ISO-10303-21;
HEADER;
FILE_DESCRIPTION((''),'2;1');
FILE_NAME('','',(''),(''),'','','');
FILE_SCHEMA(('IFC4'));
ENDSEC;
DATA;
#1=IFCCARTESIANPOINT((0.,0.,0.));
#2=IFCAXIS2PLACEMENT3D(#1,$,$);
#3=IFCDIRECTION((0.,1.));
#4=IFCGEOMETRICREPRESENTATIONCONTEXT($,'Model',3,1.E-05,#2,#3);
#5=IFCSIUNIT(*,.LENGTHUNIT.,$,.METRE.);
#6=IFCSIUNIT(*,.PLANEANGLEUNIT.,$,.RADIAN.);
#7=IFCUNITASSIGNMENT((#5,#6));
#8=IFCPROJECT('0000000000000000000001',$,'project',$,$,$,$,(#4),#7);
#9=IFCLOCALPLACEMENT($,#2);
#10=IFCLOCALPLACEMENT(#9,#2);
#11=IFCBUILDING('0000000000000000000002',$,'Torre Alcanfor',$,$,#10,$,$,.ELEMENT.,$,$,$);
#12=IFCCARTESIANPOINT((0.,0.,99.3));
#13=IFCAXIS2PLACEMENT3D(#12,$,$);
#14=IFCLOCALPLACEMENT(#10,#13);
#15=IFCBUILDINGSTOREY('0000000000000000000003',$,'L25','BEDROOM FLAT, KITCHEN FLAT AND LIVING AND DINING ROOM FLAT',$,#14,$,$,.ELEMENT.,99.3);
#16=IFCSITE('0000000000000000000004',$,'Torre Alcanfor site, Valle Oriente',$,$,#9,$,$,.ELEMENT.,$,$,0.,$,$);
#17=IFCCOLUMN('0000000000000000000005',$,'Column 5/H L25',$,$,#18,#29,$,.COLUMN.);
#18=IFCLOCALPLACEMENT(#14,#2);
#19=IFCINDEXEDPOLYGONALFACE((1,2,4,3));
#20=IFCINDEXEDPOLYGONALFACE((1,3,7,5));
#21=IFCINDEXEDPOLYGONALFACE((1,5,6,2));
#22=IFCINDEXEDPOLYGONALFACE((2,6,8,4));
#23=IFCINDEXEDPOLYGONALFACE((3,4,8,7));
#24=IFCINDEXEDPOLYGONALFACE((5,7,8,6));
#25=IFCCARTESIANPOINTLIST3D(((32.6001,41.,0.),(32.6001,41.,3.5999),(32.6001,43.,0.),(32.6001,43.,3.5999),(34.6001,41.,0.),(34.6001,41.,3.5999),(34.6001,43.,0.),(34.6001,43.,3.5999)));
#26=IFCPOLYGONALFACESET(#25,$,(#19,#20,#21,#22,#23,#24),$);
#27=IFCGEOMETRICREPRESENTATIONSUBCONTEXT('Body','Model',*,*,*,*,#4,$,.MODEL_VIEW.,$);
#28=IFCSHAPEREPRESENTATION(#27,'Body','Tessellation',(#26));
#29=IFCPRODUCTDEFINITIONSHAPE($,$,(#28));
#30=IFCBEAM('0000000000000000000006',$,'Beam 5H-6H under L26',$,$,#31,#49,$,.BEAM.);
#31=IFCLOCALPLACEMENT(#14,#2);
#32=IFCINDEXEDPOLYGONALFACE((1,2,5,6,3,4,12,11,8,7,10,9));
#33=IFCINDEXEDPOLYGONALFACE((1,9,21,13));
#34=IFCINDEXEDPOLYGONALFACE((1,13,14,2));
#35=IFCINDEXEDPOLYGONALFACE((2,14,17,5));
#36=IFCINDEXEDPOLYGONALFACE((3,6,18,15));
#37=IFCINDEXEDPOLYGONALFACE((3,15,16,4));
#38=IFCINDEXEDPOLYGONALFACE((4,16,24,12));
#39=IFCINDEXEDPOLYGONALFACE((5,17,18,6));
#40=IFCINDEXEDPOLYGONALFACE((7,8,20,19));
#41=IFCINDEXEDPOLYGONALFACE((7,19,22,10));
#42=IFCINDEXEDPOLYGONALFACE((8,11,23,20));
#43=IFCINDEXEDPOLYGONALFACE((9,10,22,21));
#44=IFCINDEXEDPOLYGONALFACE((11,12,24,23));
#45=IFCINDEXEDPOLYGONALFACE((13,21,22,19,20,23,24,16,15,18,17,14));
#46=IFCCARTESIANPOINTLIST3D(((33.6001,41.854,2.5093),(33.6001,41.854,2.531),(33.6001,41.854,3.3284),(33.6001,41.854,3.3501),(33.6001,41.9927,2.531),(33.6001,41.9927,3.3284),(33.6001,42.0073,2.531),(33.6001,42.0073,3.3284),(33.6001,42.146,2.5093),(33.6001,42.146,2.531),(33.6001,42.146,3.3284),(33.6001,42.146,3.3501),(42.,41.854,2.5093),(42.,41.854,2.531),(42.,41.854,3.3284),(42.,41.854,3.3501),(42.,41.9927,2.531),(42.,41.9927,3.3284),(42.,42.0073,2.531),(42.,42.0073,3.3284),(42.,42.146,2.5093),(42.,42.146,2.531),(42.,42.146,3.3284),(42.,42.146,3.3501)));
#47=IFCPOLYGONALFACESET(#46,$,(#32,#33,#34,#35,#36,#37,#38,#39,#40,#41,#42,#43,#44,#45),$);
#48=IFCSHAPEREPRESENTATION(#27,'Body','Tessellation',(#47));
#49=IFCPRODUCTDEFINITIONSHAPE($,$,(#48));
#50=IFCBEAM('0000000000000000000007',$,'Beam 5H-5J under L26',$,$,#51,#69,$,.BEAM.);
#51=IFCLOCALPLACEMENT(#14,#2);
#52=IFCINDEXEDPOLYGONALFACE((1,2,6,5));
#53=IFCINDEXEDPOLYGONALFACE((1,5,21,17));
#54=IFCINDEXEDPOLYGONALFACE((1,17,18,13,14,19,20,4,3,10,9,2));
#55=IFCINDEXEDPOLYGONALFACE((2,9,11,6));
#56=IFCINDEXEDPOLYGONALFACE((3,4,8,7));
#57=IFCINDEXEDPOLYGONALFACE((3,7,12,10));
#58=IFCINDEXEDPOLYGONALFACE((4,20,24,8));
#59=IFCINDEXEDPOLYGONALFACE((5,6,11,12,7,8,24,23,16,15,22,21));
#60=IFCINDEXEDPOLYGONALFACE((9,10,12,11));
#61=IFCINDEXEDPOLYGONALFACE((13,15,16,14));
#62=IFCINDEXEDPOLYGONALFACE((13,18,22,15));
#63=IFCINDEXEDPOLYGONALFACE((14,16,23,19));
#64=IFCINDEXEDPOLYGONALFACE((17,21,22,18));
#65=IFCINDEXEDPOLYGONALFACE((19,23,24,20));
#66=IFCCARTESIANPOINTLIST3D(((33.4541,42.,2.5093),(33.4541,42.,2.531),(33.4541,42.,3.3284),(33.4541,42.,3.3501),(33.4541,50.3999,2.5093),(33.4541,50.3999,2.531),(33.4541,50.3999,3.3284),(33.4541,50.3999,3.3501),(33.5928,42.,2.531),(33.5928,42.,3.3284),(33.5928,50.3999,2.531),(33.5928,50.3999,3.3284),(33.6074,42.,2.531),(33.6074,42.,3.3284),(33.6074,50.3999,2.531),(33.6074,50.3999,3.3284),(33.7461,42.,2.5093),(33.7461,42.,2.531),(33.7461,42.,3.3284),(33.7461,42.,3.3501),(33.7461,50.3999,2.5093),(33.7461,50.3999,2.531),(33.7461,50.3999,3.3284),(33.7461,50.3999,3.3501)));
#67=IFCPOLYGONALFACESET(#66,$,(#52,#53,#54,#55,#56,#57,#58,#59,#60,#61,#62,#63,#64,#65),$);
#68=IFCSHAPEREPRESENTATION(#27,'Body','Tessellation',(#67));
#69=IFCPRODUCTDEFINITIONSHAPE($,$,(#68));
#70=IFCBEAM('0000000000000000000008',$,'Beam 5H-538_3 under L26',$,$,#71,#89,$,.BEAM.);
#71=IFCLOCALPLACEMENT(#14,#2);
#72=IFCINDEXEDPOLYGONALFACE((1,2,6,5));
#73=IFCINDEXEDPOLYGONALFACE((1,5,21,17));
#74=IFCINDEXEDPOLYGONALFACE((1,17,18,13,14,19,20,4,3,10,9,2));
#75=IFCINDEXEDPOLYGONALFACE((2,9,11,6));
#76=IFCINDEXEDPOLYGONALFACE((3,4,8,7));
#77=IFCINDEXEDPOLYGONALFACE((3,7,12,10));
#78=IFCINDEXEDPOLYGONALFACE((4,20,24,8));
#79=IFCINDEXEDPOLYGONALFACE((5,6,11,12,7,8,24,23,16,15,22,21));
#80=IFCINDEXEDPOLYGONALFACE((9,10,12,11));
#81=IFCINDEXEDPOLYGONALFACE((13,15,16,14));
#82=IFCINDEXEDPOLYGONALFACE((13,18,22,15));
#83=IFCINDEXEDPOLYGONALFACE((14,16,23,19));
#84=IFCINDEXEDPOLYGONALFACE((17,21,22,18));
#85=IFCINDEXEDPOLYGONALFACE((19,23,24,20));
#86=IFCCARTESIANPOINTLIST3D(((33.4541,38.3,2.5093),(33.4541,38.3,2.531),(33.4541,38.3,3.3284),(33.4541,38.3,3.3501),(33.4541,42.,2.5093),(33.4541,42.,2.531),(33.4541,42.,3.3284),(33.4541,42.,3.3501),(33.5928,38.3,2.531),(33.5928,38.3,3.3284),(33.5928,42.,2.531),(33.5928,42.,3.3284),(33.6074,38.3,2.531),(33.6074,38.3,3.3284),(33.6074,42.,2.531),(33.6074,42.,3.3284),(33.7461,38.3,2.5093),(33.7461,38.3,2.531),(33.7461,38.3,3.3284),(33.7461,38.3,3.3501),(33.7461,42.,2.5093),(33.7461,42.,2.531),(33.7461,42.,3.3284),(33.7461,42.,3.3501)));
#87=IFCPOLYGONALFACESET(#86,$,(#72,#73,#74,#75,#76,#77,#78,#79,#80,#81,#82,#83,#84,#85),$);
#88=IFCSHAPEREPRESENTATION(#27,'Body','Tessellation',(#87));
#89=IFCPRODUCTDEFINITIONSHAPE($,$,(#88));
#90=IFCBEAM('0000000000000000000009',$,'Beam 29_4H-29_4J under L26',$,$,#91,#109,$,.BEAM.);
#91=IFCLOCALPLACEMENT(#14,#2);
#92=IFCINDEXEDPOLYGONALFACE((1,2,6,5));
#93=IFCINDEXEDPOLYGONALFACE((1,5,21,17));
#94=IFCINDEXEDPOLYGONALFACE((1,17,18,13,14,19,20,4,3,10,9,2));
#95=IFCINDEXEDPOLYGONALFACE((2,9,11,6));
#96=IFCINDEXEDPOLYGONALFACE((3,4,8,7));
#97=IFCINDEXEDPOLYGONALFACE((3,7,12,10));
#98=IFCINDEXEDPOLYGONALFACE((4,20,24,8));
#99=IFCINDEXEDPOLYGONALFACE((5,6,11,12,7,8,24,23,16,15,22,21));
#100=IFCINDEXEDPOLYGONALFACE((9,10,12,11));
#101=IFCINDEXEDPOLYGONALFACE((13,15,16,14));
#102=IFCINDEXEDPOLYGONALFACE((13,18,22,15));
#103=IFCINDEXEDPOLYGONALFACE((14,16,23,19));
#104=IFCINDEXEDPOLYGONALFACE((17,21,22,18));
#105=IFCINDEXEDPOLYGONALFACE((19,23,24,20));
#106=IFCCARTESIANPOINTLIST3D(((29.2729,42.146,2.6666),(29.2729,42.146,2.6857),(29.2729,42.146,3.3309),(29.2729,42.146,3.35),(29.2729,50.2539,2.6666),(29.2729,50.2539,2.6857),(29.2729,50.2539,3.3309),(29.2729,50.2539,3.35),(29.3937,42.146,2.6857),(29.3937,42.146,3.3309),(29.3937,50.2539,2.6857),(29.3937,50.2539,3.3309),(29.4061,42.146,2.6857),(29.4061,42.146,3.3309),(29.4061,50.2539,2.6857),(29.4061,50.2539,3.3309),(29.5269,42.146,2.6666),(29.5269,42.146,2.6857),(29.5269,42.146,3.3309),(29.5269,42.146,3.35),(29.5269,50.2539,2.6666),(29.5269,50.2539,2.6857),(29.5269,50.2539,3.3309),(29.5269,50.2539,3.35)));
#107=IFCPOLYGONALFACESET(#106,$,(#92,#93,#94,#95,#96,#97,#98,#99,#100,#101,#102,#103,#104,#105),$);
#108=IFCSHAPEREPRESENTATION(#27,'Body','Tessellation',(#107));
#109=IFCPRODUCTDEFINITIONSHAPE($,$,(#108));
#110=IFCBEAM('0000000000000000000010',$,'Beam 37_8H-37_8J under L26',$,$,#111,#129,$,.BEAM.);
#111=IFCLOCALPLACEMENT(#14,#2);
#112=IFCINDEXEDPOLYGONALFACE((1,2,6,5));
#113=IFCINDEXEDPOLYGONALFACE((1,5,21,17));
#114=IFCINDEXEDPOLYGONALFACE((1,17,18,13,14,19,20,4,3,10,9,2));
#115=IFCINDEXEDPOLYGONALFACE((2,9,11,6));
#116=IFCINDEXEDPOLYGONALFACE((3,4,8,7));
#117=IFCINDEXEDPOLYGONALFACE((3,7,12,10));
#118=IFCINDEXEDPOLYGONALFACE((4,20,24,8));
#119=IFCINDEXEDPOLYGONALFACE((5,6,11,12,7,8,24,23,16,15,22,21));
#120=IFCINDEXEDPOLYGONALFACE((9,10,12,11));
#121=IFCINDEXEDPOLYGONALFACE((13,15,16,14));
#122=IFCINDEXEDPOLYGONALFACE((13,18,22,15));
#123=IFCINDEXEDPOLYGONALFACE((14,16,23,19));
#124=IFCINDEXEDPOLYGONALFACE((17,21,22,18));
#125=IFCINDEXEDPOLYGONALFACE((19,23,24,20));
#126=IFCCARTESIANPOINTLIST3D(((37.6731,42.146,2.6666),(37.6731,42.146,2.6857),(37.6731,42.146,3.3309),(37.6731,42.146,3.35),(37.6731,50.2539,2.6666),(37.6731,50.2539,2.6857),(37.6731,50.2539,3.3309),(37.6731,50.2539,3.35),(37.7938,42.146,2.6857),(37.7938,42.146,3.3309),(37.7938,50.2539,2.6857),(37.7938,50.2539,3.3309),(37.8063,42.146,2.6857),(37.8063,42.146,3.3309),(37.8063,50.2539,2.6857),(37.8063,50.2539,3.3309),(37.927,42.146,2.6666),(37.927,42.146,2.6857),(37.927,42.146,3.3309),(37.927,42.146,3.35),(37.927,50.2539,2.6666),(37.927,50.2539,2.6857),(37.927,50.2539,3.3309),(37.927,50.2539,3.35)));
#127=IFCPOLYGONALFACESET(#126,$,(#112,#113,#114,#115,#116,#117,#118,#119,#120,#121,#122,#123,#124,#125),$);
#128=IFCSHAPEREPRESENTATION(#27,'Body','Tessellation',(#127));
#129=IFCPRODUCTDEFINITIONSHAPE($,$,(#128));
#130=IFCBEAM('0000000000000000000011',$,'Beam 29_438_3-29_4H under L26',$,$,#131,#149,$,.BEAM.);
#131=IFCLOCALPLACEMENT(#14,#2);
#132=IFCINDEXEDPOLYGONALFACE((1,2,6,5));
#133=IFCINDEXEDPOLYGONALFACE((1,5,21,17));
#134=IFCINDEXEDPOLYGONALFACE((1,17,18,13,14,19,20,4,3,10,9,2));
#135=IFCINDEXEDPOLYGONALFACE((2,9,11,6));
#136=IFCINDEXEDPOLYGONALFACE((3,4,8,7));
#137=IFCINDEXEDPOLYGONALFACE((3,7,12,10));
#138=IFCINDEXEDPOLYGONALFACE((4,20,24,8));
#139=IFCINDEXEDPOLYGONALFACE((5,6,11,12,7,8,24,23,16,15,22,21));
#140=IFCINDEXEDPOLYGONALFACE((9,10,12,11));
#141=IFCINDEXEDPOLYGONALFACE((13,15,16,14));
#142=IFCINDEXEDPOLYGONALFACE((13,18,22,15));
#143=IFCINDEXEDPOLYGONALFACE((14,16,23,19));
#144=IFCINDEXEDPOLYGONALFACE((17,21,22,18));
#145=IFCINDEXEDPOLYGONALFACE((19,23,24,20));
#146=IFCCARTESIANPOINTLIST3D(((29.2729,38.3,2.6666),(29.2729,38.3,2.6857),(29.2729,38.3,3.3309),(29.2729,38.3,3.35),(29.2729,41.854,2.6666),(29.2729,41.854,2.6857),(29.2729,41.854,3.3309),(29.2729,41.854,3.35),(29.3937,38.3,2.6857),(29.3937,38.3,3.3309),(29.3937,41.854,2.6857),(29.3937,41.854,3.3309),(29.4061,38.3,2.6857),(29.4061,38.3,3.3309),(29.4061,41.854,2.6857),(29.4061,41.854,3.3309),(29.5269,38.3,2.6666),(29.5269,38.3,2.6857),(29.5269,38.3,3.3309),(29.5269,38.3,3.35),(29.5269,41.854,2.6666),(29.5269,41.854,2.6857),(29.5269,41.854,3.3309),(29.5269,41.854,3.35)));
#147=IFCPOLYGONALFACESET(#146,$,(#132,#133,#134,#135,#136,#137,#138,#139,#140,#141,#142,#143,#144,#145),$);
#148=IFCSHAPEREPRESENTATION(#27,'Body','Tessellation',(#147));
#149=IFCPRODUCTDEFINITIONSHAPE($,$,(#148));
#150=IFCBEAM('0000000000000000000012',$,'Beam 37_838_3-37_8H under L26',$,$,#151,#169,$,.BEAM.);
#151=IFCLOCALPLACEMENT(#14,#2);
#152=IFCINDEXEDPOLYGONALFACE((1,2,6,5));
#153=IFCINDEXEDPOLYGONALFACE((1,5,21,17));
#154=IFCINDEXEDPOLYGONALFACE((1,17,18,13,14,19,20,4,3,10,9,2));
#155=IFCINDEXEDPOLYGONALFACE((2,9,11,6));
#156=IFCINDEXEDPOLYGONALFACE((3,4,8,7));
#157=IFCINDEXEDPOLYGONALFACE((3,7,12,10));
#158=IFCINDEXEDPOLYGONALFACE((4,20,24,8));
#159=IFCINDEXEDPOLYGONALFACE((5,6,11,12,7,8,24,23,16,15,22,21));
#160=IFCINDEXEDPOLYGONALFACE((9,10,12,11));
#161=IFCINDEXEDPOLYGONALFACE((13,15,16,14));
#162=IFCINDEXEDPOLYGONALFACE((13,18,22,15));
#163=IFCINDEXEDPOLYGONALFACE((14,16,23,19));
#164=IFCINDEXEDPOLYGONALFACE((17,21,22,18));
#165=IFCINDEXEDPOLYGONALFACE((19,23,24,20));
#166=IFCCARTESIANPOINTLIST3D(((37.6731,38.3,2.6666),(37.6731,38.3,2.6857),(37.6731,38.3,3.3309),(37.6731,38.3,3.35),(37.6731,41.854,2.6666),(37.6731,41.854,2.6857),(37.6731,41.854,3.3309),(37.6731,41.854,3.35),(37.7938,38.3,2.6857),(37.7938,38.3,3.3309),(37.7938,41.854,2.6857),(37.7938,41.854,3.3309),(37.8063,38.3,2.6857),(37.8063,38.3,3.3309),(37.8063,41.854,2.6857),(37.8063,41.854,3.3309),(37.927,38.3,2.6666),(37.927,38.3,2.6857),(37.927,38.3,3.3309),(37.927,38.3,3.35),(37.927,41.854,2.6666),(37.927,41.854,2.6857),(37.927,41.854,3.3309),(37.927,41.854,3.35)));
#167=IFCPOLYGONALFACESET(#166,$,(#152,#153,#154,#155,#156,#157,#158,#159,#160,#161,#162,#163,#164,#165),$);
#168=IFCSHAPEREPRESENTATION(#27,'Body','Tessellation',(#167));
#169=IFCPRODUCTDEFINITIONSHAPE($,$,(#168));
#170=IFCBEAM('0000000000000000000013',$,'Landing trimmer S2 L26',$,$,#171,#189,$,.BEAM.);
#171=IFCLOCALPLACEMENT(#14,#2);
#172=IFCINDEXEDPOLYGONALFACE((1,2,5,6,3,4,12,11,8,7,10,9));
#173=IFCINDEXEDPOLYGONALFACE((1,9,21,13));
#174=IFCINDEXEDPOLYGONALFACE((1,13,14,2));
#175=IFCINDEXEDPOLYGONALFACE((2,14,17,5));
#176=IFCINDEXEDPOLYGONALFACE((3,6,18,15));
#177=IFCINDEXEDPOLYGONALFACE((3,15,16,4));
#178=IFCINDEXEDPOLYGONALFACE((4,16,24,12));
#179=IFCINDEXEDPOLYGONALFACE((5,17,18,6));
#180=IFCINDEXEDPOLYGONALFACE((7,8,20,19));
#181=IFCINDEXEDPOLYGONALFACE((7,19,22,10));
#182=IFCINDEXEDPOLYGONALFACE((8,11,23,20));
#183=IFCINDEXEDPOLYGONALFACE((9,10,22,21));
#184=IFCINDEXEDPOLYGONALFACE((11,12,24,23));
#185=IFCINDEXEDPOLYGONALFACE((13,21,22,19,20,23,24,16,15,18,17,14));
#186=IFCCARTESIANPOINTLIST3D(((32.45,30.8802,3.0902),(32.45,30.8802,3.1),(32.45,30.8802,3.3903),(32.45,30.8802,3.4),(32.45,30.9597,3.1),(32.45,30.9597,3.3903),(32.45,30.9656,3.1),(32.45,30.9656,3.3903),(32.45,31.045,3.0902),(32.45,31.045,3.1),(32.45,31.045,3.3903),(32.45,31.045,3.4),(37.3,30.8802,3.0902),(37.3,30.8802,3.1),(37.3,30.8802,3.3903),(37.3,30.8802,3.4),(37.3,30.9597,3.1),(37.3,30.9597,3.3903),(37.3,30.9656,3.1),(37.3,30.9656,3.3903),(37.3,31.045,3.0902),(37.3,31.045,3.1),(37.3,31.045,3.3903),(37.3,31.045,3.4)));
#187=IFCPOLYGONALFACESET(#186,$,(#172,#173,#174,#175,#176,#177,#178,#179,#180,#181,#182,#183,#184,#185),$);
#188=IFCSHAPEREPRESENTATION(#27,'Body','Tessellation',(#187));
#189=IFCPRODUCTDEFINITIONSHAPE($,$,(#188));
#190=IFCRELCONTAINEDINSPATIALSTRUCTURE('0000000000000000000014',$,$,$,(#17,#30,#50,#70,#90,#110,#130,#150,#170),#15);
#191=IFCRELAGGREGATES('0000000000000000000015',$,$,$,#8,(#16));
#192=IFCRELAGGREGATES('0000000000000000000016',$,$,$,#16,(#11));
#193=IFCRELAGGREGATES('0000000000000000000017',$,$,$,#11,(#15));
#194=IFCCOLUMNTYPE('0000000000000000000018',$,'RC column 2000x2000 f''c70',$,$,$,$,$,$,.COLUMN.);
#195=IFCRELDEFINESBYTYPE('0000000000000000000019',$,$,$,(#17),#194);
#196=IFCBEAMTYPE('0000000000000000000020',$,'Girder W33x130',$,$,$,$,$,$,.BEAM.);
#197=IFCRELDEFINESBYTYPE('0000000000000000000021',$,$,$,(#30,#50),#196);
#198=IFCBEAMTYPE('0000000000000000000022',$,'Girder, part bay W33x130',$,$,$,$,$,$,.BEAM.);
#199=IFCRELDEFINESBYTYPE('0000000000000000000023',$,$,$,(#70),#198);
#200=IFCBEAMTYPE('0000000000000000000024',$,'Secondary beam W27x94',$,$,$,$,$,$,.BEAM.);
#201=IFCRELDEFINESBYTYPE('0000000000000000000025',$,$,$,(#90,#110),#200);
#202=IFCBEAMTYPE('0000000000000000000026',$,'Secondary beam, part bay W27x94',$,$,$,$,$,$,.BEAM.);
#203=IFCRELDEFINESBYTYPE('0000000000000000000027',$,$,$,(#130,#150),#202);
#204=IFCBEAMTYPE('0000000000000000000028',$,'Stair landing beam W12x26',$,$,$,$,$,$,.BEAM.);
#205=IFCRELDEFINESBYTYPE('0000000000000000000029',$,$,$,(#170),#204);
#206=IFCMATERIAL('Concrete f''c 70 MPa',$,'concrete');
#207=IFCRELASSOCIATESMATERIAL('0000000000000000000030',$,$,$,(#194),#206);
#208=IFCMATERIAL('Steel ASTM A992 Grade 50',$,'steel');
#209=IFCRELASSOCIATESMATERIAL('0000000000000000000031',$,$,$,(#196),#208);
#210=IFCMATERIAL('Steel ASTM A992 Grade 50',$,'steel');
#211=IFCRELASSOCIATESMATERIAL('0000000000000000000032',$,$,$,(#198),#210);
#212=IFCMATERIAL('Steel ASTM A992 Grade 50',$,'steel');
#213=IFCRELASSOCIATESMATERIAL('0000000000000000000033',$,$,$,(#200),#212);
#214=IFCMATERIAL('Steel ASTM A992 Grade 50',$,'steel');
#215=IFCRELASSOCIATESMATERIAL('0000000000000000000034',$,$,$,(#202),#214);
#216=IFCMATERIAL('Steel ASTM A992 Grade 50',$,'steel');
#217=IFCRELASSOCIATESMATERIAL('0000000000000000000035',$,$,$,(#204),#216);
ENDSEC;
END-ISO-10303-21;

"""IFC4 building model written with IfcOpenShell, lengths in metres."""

from ifc_helpers import new_model, si_unit, direction, frame, origin, origin_2d, place, context, subcontext, project, spatial, rectangle, i_section, extrude, material, material_profile, profile_set, type_object, element, save


model = new_model("IFC4")

# Units and contexts
model_context = context("Model", 3, precision=1e-05, world=origin(), true_north=direction((0.0, 1.0)))
body_context = subcontext(model_context, "Body", "Model", "MODEL_VIEW")
ifc_project = project(units=[si_unit("LENGTHUNIT", "METRE"), si_unit("PLANEANGLEUNIT", "RADIAN")], contexts=[model_context])

# Site, building, storey
site_placement = place(None, origin())
site = spatial("IfcSite", under=ifc_project, at=site_placement, Name="Torre Alcanfor site, Valle Oriente", CompositionType="ELEMENT", RefElevation=0.0)
building_placement = place(site_placement, origin())
building = spatial("IfcBuilding", under=site, at=building_placement, Name="Torre Alcanfor", CompositionType="ELEMENT")
storey_placement = place(building_placement, frame((0.0, 0.0, 99.3)))
storey = spatial("IfcBuildingStorey", under=building, at=storey_placement, Name="L25", Description="BEDROOM FLAT, KITCHEN FLAT AND LIVING AND DINING ROOM FLAT", CompositionType="ELEMENT", Elevation=99.3)

# Column
ifc_material_1 = material(Name="Concrete f'c 70 MPa", Category="concrete")
ifc_material_profile_1 = material_profile(ifc_material_1, rectangle(XDim=2.0, YDim=2.0, at=origin_2d()), Name="2000x2000")
ifc_profile_set_1 = profile_set([ifc_material_profile_1], Name="Concrete f'c 70 MPa")
column_type = type_object("IfcColumnType", Name="RC column 2000x2000 f'c70", PredefinedType="COLUMN", material=ifc_profile_set_1)
column_placement = place(storey_placement, frame((33.6001, 42.0, 0.0), z_axis=(0.0, 0.0, 1.0), x_axis=(1.0, 0.0, 0.0)))
element("IfcColumn", 1, at=column_placement, inside=storey, type_object=column_type, Name="Column 5/H L25", PredefinedType="COLUMN", context=body_context, shape_type="SweptSolid", body=[
    extrude(rectangle(XDim=2.0, YDim=2.0, at=origin_2d()), origin(), (0.0, 0.0, 1.0), 3.5999),
])

# Beams
ifc_material_2 = material(Name="Steel ASTM A992 Grade 50", Category="steel")
ifc_material_profile_2 = material_profile(ifc_material_2, i_section(OverallWidth=0.292, OverallDepth=0.8408, WebThickness=0.0146, FlangeThickness=0.0217, at=origin_2d()), Name="W33x130")
ifc_profile_set_2 = profile_set([ifc_material_profile_2], Name="Steel ASTM A992 Grade 50")
beam_type_1 = type_object("IfcBeamType", Name="Girder W33x130", PredefinedType="BEAM", material=ifc_profile_set_2)
for number, where, z_axis, x_axis, name in (
    (2, (33.6001, 42.0, 2.9297), (1.0, 0.0, 0.0), (0.0, 1.0, 0.0), "Beam 5H-6H under L26"),
    (3, (33.6001, 42.0, 2.9297), (0.0, 1.0, 0.0), (-1.0, 0.0, 0.0), "Beam 5H-5J under L26"),
):
    element("IfcBeam", number, at=place(storey_placement, frame(where, z_axis=z_axis, x_axis=x_axis)), inside=storey, type_object=beam_type_1, Name=name, PredefinedType="BEAM", context=body_context, shape_type="SweptSolid", body=[
        extrude(i_section(OverallWidth=0.292, OverallDepth=0.8408, WebThickness=0.0146, FlangeThickness=0.0217, at=origin_2d()), origin(), (0.0, 0.0, 1.0), 8.3999),
    ])
ifc_material_3 = material(Name="Steel ASTM A992 Grade 50", Category="steel")
ifc_material_profile_3 = material_profile(ifc_material_3, i_section(OverallWidth=0.292, OverallDepth=0.8408, WebThickness=0.0146, FlangeThickness=0.0217, at=origin_2d()), Name="W33x130")
ifc_profile_set_3 = profile_set([ifc_material_profile_3], Name="Steel ASTM A992 Grade 50")
beam_type_2 = type_object("IfcBeamType", Name="Girder, part bay W33x130", PredefinedType="BEAM", material=ifc_profile_set_3)
beam_1_placement = place(storey_placement, frame((33.6001, 42.0, 2.9297), z_axis=(0.0, -1.0, 0.0), x_axis=(1.0, 0.0, 0.0)))
element("IfcBeam", 4, at=beam_1_placement, inside=storey, type_object=beam_type_2, Name="Beam 5H-538_3 under L26", PredefinedType="BEAM", context=body_context, shape_type="SweptSolid", body=[
    extrude(i_section(OverallWidth=0.292, OverallDepth=0.8408, WebThickness=0.0146, FlangeThickness=0.0217, at=origin_2d()), origin(), (0.0, 0.0, 1.0), 3.7),
])
ifc_material_4 = material(Name="Steel ASTM A992 Grade 50", Category="steel")
ifc_material_profile_4 = material_profile(ifc_material_4, i_section(OverallWidth=0.2539, OverallDepth=0.6833, WebThickness=0.0125, FlangeThickness=0.019, at=origin_2d()), Name="W27x94")
ifc_profile_set_4 = profile_set([ifc_material_profile_4], Name="Steel ASTM A992 Grade 50")
beam_type_3 = type_object("IfcBeamType", Name="Secondary beam W27x94", PredefinedType="BEAM", material=ifc_profile_set_4)
for number, where, z_axis, x_axis, name in (
    (5, (29.3999, 42.146, 3.0083), (0.0, 1.0, 0.0), (-1.0, 0.0, 0.0), "Beam 29_4H-29_4J under L26"),
    (6, (37.8, 42.146, 3.0083), (0.0, 1.0, 0.0), (-1.0, 0.0, 0.0), "Beam 37_8H-37_8J under L26"),
):
    element("IfcBeam", number, at=place(storey_placement, frame(where, z_axis=z_axis, x_axis=x_axis)), inside=storey, type_object=beam_type_3, Name=name, PredefinedType="BEAM", context=body_context, shape_type="SweptSolid", body=[
        extrude(i_section(OverallWidth=0.2539, OverallDepth=0.6833, WebThickness=0.0125, FlangeThickness=0.019, at=origin_2d()), origin(), (0.0, 0.0, 1.0), 8.1079),
    ])
ifc_material_5 = material(Name="Steel ASTM A992 Grade 50", Category="steel")
ifc_material_profile_5 = material_profile(ifc_material_5, i_section(OverallWidth=0.2539, OverallDepth=0.6833, WebThickness=0.0125, FlangeThickness=0.019, at=origin_2d()), Name="W27x94")
ifc_profile_set_5 = profile_set([ifc_material_profile_5], Name="Steel ASTM A992 Grade 50")
beam_type_4 = type_object("IfcBeamType", Name="Secondary beam, part bay W27x94", PredefinedType="BEAM", material=ifc_profile_set_5)
for number, where, z_axis, x_axis, name in (
    (7, (29.3999, 38.3, 3.0083), (0.0, 1.0, 0.0), (-1.0, 0.0, 0.0), "Beam 29_438_3-29_4H under L26"),
    (8, (37.8, 38.3, 3.0083), (0.0, 1.0, 0.0), (-1.0, 0.0, 0.0), "Beam 37_838_3-37_8H under L26"),
):
    element("IfcBeam", number, at=place(storey_placement, frame(where, z_axis=z_axis, x_axis=x_axis)), inside=storey, type_object=beam_type_4, Name=name, PredefinedType="BEAM", context=body_context, shape_type="SweptSolid", body=[
        extrude(i_section(OverallWidth=0.2539, OverallDepth=0.6833, WebThickness=0.0125, FlangeThickness=0.019, at=origin_2d()), origin(), (0.0, 0.0, 1.0), 3.554),
    ])
ifc_material_6 = material(Name="Steel ASTM A992 Grade 50", Category="steel")
ifc_material_profile_6 = material_profile(ifc_material_6, i_section(OverallWidth=0.1648, OverallDepth=0.3098, WebThickness=0.0059, FlangeThickness=0.0098, at=origin_2d()), Name="W12x26")
ifc_profile_set_6 = profile_set([ifc_material_profile_6], Name="Steel ASTM A992 Grade 50")
beam_type_5 = type_object("IfcBeamType", Name="Stair landing beam W12x26", PredefinedType="BEAM", material=ifc_profile_set_6)
beam_2_placement = place(storey_placement, frame((32.45, 30.9626, 3.2451), z_axis=(1.0, 0.0, 0.0), x_axis=(0.0, 1.0, 0.0)))
element("IfcBeam", 9, at=beam_2_placement, inside=storey, type_object=beam_type_5, Name="Landing trimmer S2 L26", PredefinedType="BEAM", context=body_context, shape_type="SweptSolid", body=[
    extrude(i_section(OverallWidth=0.1648, OverallDepth=0.3098, WebThickness=0.0059, FlangeThickness=0.0098, at=origin_2d()), origin(), (0.0, 0.0, 1.0), 4.8501),
])

save(model, "model.ifc")
